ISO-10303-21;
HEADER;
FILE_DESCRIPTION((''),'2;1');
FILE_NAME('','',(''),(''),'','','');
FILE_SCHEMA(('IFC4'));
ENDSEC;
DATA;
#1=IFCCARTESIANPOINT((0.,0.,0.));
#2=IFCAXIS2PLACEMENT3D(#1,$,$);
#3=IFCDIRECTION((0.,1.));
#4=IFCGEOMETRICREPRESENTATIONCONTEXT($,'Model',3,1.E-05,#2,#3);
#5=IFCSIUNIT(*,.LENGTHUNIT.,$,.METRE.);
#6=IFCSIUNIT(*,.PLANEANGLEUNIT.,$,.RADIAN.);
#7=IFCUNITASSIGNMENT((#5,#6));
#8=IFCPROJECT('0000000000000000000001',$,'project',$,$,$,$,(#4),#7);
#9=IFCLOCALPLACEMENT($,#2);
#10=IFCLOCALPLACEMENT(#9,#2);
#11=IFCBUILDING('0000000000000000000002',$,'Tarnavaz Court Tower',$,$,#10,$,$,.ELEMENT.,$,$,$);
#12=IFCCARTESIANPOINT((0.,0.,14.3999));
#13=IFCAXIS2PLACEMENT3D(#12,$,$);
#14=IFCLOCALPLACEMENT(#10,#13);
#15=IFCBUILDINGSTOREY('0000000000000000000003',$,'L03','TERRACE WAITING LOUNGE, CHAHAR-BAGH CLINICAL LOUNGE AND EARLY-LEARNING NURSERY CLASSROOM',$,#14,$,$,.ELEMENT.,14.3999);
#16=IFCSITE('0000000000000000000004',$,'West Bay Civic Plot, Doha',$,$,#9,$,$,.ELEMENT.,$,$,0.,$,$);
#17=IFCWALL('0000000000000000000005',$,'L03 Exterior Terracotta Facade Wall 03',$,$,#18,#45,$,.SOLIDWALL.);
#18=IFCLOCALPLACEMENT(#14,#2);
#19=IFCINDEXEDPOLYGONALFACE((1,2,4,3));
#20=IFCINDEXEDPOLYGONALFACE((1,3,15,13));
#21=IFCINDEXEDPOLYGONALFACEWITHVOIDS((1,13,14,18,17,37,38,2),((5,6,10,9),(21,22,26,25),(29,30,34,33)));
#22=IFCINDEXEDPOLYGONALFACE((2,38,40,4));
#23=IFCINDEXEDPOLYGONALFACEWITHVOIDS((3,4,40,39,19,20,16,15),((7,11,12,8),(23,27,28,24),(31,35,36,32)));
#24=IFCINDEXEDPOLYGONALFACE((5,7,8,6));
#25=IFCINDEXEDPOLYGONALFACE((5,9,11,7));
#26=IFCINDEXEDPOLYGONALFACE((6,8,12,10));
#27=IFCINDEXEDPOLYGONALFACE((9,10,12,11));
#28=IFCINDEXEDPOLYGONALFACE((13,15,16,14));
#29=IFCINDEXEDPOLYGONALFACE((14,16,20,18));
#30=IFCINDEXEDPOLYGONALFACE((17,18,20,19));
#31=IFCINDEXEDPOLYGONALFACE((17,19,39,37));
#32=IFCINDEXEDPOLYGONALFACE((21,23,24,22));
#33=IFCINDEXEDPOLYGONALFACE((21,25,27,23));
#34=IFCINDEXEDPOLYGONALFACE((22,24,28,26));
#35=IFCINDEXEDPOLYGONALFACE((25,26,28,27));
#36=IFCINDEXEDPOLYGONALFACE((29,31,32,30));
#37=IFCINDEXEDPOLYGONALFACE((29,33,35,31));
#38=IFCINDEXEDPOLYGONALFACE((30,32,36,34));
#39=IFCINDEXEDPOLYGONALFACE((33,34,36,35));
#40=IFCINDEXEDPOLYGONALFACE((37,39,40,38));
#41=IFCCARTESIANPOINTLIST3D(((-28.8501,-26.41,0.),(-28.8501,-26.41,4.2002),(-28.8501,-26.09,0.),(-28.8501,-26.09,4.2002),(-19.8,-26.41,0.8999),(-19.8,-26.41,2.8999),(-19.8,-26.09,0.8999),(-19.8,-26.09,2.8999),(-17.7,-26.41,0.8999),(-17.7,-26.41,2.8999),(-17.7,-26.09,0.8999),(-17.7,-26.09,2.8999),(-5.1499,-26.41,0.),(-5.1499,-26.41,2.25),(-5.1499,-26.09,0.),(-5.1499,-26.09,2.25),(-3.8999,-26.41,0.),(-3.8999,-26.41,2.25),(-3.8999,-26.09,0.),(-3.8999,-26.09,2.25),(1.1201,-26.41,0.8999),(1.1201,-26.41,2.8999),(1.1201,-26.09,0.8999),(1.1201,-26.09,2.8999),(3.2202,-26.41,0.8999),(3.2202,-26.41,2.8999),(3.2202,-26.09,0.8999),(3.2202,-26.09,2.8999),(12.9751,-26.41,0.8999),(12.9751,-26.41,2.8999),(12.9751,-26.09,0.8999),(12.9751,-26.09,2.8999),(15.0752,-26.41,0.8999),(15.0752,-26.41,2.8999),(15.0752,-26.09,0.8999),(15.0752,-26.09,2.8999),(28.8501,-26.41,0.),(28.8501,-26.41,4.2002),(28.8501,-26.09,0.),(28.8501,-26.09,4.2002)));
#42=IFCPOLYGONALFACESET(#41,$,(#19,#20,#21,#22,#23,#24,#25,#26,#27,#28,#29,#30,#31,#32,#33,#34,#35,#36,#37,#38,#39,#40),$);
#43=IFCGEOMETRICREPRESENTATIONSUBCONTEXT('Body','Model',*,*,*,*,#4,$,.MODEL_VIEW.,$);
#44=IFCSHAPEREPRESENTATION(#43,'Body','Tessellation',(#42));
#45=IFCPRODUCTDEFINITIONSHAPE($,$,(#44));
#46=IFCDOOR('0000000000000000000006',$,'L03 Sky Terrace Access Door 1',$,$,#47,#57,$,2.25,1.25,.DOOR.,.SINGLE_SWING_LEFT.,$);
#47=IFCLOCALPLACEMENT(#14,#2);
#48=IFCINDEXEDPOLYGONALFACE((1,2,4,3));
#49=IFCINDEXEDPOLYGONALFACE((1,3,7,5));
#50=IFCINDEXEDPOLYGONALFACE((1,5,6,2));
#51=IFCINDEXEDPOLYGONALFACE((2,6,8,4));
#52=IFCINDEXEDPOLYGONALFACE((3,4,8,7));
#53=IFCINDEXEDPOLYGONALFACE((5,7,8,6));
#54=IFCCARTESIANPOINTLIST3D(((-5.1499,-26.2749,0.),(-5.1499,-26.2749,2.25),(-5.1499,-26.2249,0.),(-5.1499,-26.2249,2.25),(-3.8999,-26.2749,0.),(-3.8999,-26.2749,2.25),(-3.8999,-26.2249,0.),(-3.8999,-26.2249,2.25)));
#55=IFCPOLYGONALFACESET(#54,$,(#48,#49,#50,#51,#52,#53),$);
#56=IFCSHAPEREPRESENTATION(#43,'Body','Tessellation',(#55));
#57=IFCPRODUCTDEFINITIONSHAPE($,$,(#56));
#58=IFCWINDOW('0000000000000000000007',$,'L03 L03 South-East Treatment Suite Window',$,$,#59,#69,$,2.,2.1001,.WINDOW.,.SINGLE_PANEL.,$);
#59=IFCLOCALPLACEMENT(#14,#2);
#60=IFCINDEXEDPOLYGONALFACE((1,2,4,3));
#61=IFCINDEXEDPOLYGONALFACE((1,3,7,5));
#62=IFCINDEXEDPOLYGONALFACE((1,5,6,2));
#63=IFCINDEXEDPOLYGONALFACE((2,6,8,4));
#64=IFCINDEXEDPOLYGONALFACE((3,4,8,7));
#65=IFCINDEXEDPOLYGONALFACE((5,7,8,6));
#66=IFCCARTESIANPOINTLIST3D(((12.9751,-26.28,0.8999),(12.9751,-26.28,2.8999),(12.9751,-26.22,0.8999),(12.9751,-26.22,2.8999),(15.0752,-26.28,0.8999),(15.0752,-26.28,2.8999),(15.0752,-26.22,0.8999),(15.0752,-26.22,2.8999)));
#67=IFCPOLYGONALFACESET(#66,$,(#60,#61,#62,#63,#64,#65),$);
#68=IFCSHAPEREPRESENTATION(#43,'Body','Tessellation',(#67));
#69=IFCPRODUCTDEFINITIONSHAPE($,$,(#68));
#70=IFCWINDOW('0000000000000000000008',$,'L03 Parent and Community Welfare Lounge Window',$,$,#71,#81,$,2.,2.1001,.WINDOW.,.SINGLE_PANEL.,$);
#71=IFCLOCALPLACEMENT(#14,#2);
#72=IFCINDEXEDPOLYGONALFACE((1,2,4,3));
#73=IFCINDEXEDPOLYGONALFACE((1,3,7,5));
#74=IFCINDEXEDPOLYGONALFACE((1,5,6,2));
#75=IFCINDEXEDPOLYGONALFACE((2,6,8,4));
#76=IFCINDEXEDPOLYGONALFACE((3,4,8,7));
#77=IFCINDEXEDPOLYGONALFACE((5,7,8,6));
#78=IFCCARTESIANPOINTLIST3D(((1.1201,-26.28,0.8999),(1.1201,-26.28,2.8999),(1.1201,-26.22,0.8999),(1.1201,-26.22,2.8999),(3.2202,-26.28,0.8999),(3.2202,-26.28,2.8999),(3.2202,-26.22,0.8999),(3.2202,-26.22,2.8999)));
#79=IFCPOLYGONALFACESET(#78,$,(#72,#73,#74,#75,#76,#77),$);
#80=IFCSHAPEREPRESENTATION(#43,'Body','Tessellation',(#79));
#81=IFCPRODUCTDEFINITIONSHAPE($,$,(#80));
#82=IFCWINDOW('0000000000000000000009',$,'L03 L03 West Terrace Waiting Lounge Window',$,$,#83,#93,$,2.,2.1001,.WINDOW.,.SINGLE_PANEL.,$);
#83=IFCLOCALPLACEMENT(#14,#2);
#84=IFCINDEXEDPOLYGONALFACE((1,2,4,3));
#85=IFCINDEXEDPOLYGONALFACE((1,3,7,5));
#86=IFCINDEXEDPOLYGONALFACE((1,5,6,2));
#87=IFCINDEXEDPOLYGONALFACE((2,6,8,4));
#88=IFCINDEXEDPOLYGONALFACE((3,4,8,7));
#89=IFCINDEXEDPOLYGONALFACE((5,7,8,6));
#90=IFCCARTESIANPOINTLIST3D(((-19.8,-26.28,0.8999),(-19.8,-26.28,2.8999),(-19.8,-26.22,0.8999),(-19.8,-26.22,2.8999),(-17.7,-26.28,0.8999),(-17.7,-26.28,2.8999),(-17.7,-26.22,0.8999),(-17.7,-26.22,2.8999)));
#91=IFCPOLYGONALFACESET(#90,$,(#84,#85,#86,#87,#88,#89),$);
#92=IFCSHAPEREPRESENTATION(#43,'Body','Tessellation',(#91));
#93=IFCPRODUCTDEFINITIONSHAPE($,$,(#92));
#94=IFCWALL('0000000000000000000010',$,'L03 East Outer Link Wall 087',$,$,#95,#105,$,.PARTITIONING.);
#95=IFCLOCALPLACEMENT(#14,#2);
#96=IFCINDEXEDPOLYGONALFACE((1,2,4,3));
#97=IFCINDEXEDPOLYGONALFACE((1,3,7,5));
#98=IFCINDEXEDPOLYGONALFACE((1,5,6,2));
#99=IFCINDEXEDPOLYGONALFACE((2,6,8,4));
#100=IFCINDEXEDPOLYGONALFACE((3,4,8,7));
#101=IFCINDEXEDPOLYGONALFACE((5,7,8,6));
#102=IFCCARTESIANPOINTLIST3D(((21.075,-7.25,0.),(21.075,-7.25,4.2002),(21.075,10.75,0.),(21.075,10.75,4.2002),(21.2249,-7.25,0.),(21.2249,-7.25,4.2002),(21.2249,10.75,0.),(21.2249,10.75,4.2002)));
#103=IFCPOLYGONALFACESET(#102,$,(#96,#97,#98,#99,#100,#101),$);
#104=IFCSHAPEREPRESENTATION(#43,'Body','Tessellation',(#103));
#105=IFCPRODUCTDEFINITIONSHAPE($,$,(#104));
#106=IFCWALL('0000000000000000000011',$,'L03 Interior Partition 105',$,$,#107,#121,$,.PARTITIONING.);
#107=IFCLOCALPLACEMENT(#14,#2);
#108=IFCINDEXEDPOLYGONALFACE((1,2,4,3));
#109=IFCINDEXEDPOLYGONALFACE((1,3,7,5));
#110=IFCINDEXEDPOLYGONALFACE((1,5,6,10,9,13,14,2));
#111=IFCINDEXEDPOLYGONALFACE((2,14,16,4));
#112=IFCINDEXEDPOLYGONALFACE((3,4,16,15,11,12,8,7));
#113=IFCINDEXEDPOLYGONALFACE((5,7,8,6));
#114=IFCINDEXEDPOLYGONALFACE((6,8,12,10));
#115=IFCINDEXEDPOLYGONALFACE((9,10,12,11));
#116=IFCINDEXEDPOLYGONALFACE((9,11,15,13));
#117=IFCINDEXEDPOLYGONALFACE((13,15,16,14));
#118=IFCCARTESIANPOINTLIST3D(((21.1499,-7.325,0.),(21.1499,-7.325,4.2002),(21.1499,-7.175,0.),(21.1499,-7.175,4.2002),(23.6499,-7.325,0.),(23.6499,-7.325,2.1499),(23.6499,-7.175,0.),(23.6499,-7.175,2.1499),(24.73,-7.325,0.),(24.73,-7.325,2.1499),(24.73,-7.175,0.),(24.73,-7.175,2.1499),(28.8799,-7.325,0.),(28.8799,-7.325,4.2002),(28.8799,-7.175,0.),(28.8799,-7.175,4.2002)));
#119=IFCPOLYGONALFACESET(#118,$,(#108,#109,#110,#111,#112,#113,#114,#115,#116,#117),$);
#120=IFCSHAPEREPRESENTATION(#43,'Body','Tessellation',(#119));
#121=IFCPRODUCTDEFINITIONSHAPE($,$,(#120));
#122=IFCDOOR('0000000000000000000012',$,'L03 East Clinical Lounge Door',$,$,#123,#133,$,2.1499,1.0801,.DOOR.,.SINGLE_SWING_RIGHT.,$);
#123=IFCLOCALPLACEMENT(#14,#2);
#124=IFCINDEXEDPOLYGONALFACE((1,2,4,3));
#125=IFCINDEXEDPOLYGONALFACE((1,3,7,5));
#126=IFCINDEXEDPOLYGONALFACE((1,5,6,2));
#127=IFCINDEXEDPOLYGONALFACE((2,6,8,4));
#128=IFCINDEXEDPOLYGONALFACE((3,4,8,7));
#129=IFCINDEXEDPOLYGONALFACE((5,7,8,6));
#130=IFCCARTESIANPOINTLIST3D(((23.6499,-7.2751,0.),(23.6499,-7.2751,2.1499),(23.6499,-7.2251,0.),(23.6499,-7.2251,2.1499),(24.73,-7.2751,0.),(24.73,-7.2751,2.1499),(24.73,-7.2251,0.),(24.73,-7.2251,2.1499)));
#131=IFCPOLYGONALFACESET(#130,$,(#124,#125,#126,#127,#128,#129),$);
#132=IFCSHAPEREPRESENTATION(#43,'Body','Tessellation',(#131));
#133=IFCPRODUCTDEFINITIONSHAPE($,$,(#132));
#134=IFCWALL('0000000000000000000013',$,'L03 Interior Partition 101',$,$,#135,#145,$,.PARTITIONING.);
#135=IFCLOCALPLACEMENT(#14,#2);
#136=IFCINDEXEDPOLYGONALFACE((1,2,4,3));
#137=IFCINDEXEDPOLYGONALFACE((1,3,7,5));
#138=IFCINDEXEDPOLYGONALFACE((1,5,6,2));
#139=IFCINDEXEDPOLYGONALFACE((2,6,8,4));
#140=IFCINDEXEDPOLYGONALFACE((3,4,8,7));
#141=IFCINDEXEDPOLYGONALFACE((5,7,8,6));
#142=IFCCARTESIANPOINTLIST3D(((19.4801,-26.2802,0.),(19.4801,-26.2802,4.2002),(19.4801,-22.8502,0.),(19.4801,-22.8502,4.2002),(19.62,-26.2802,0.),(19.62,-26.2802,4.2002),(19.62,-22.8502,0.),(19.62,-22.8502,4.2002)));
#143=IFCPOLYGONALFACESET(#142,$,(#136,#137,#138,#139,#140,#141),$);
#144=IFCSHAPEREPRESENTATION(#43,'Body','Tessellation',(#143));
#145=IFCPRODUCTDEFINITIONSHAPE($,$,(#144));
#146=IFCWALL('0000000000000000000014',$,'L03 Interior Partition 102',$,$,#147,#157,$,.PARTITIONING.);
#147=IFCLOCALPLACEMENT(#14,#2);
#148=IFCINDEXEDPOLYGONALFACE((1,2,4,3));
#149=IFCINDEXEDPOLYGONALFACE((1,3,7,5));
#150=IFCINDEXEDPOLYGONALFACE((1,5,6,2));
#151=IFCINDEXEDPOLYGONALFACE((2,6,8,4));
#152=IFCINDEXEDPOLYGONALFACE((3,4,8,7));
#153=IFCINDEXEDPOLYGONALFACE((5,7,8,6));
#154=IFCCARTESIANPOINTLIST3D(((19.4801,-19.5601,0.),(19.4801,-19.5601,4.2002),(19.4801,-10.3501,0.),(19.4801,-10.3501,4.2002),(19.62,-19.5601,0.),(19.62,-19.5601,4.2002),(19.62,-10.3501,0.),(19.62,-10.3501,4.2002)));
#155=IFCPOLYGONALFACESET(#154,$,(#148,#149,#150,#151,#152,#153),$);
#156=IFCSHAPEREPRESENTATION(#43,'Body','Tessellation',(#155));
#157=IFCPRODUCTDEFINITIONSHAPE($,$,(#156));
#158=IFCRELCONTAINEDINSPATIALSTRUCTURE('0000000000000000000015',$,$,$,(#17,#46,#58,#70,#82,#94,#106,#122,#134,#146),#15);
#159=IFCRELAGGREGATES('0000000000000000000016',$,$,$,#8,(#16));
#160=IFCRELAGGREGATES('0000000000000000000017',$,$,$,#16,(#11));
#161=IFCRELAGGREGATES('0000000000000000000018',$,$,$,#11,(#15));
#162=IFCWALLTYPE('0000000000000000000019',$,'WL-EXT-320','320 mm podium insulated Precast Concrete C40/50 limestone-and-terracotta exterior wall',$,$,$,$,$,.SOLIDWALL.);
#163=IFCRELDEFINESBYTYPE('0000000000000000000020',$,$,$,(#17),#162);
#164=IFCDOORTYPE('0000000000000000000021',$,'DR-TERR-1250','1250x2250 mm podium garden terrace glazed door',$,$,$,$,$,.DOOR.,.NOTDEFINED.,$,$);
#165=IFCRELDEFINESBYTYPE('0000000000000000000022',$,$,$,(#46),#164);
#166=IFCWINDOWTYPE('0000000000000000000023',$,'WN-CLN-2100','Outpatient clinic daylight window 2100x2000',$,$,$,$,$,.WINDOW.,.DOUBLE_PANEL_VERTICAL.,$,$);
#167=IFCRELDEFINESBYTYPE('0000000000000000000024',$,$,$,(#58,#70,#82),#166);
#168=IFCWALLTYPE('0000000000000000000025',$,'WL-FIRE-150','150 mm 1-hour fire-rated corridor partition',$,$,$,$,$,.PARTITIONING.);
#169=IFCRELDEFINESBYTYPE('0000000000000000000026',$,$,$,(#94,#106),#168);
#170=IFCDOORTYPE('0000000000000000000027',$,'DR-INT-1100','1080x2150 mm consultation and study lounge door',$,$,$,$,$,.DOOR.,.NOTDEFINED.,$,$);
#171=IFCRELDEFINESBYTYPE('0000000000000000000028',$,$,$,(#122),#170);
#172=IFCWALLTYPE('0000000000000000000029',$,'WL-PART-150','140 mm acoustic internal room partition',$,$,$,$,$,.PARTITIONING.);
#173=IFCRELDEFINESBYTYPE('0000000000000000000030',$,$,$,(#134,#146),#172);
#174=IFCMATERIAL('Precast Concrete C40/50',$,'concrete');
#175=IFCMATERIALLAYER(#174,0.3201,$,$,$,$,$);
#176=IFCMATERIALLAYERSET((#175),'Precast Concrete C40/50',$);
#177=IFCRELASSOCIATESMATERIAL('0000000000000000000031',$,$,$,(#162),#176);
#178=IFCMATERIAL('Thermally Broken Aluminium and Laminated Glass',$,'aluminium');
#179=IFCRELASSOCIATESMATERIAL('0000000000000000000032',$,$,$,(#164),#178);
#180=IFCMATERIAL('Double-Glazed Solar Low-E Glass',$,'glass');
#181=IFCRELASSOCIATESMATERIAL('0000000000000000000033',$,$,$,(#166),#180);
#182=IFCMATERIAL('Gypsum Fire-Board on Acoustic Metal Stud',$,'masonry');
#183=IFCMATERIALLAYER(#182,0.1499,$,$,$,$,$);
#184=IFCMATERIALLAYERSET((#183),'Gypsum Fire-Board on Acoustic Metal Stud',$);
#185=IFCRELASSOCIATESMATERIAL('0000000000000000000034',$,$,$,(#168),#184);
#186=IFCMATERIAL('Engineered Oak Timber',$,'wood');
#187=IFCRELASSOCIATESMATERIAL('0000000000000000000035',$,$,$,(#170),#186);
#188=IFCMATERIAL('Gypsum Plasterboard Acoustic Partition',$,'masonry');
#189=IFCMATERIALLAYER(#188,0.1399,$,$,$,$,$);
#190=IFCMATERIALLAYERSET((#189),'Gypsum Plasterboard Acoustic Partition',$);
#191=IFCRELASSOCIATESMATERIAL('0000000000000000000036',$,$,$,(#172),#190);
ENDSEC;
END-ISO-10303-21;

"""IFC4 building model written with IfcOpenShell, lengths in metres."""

from ifc_helpers import new_model, si_unit, direction, frame, frame_2d, origin, place, context, subcontext, project, spatial, rectangle, extrude, material, layer, layer_set, type_object, element, fill, save


model = new_model("IFC4")

# Units and contexts
model_context = context("Model", 3, precision=1e-05, world=origin(), true_north=direction((0.0, 1.0)))
body_context = subcontext(model_context, "Body", "Model", "MODEL_VIEW")
ifc_project = project(units=[si_unit("LENGTHUNIT", "METRE"), si_unit("PLANEANGLEUNIT", "RADIAN")], contexts=[model_context])

# Site, building, storey
site_placement = place(None, origin())
site = spatial("IfcSite", under=ifc_project, at=site_placement, Name="West Bay Civic Plot, Doha", CompositionType="ELEMENT", RefElevation=0.0)
building_placement = place(site_placement, origin())
building = spatial("IfcBuilding", under=site, at=building_placement, Name="Tarnavaz Court Tower", CompositionType="ELEMENT")
storey_placement = place(building_placement, frame((0.0, 0.0, 14.3999)))
storey = spatial("IfcBuildingStorey", under=building, at=storey_placement, Name="L03", Description="TERRACE WAITING LOUNGE, CHAHAR-BAGH CLINICAL LOUNGE AND EARLY-LEARNING NURSERY CLASSROOM", CompositionType="ELEMENT", Elevation=14.3999)

# Wall, openings, door, windows
ifc_material_1 = material(Name="Precast Concrete C40/50", Category="concrete")
ifc_layer_1 = layer(ifc_material_1, 0.3201)
ifc_layer_set_1 = layer_set([ifc_layer_1], Name="Precast Concrete C40/50")
wall_type_1 = type_object("IfcWallType", Name="WL-EXT-320", Description="320 mm podium insulated Precast Concrete C40/50 limestone-and-terracotta exterior wall", PredefinedType="SOLIDWALL", material=ifc_layer_set_1)
wall_1_placement = place(storey_placement, frame((28.8501, -26.25, 0.0), z_axis=(0.0, 0.0, 1.0), x_axis=(-1.0, 0.0, 0.0)))
wall_1 = element("IfcWall", 1, at=wall_1_placement, inside=storey, type_object=wall_type_1, Name="L03 Exterior Terracotta Facade Wall 03", PredefinedType="SOLIDWALL", context=body_context, shape_type="SweptSolid", body=[
    extrude(rectangle(XDim=57.7002, YDim=0.3201, at=frame_2d((28.8501, 0.0))), origin(), (0.0, 0.0, 1.0), 4.2002),
])
opening_1_placement = place(wall_1_placement, frame((32.75, 0.0, 0.0)))
opening_1 = element("IfcOpeningElement", 2, at=opening_1_placement, cuts=wall_1, PredefinedType="OPENING", context=body_context, shape_type="SweptSolid", body=[
    extrude(rectangle(XDim=1.25, YDim=2.25, at=frame_2d((0.625, 1.125))), frame((0.0, 0.1699, 0.0), z_axis=(0.0, -1.0, 0.0), x_axis=(1.0, 0.0, 0.0)), (0.0, 0.0, 1.0), 0.3401),
])
opening_2_placement = place(wall_1_placement, frame((13.7749, 0.0, 0.8999)))
opening_2 = element("IfcOpeningElement", 3, at=opening_2_placement, cuts=wall_1, PredefinedType="OPENING", context=body_context, shape_type="SweptSolid", body=[
    extrude(rectangle(XDim=2.1001, YDim=2.0, at=frame_2d((1.05, 1.0))), frame((0.0, 0.1699, 0.0), z_axis=(0.0, -1.0, 0.0), x_axis=(1.0, 0.0, 0.0)), (0.0, 0.0, 1.0), 0.3401),
])
opening_3_placement = place(wall_1_placement, frame((25.6299, 0.0, 0.8999)))
opening_3 = element("IfcOpeningElement", 4, at=opening_3_placement, cuts=wall_1, PredefinedType="OPENING", context=body_context, shape_type="SweptSolid", body=[
    extrude(rectangle(XDim=2.1001, YDim=2.0, at=frame_2d((1.05, 1.0))), frame((0.0, 0.1699, 0.0), z_axis=(0.0, -1.0, 0.0), x_axis=(1.0, 0.0, 0.0)), (0.0, 0.0, 1.0), 0.3401),
])
opening_4_placement = place(wall_1_placement, frame((46.55, 0.0, 0.8999)))
opening_4 = element("IfcOpeningElement", 5, at=opening_4_placement, cuts=wall_1, PredefinedType="OPENING", context=body_context, shape_type="SweptSolid", body=[
    extrude(rectangle(XDim=2.1001, YDim=2.0, at=frame_2d((1.05, 1.0))), frame((0.0, 0.1699, 0.0), z_axis=(0.0, -1.0, 0.0), x_axis=(1.0, 0.0, 0.0)), (0.0, 0.0, 1.0), 0.3401),
])
ifc_material_2 = material(Name="Thermally Broken Aluminium and Laminated Glass", Category="aluminium")
door_type_1 = type_object("IfcDoorType", Name="DR-TERR-1250", Description="1250x2250 mm podium garden terrace glazed door", OperationType="NOTDEFINED", PredefinedType="DOOR", material=ifc_material_2)
door_1_placement = place(opening_1_placement, origin())
door_1 = element("IfcDoor", 6, at=door_1_placement, inside=storey, type_object=door_type_1, Name="L03 Sky Terrace Access Door 1", OperationType="SINGLE_SWING_LEFT", OverallHeight=2.25, OverallWidth=1.25, PredefinedType="DOOR", context=body_context, shape_type="SweptSolid", body=[
    extrude(rectangle(XDim=1.25, YDim=2.25, at=frame_2d((0.625, 1.125))), frame((0.0, 0.0249, 0.0), z_axis=(0.0, -1.0, 0.0), x_axis=(1.0, 0.0, 0.0)), (0.0, 0.0, 1.0), 0.05),
])
fill(opening_1, door_1)
ifc_material_3 = material(Name="Double-Glazed Solar Low-E Glass", Category="glass")
window_type = type_object("IfcWindowType", Name="WN-CLN-2100", Description="Outpatient clinic daylight window 2100x2000", PartitioningType="DOUBLE_PANEL_VERTICAL", PredefinedType="WINDOW", material=ifc_material_3)
window_1_placement = place(opening_2_placement, origin())
window_1 = element("IfcWindow", 7, at=window_1_placement, inside=storey, type_object=window_type, Name="L03 L03 South-East Treatment Suite Window", OverallHeight=2.0, OverallWidth=2.1001, PartitioningType="SINGLE_PANEL", PredefinedType="WINDOW", context=body_context, shape_type="SweptSolid", body=[
    extrude(rectangle(XDim=2.1001, YDim=2.0, at=frame_2d((1.05, 1.0))), frame((0.0, 0.03, 0.0), z_axis=(0.0, -1.0, 0.0), x_axis=(1.0, 0.0, 0.0)), (0.0, 0.0, 1.0), 0.0601),
])
fill(opening_2, window_1)
window_2_placement = place(opening_3_placement, origin())
window_2 = element("IfcWindow", 8, at=window_2_placement, inside=storey, type_object=window_type, Name="L03 Parent and Community Welfare Lounge Window", OverallHeight=2.0, OverallWidth=2.1001, PartitioningType="SINGLE_PANEL", PredefinedType="WINDOW", context=body_context, shape_type="SweptSolid", body=[
    extrude(rectangle(XDim=2.1001, YDim=2.0, at=frame_2d((1.05, 1.0))), frame((0.0, 0.03, 0.0), z_axis=(0.0, -1.0, 0.0), x_axis=(1.0, 0.0, 0.0)), (0.0, 0.0, 1.0), 0.0601),
])
fill(opening_3, window_2)
window_3_placement = place(opening_4_placement, origin())
window_3 = element("IfcWindow", 9, at=window_3_placement, inside=storey, type_object=window_type, Name="L03 L03 West Terrace Waiting Lounge Window", OverallHeight=2.0, OverallWidth=2.1001, PartitioningType="SINGLE_PANEL", PredefinedType="WINDOW", context=body_context, shape_type="SweptSolid", body=[
    extrude(rectangle(XDim=2.1001, YDim=2.0, at=frame_2d((1.05, 1.0))), frame((0.0, 0.03, 0.0), z_axis=(0.0, -1.0, 0.0), x_axis=(1.0, 0.0, 0.0)), (0.0, 0.0, 1.0), 0.0601),
])
fill(opening_4, window_3)

# Wall
ifc_material_4 = material(Name="Gypsum Fire-Board on Acoustic Metal Stud", Category="masonry")
ifc_layer_2 = layer(ifc_material_4, 0.1499)
ifc_layer_set_2 = layer_set([ifc_layer_2], Name="Gypsum Fire-Board on Acoustic Metal Stud")
wall_type_2 = type_object("IfcWallType", Name="WL-FIRE-150", Description="150 mm 1-hour fire-rated corridor partition", PredefinedType="PARTITIONING", material=ifc_layer_set_2)
wall_2_placement = place(storey_placement, frame((21.1499, -7.25, 0.0), z_axis=(0.0, 0.0, 1.0), x_axis=(0.0, 1.0, 0.0)))
element("IfcWall", 10, at=wall_2_placement, inside=storey, type_object=wall_type_2, Name="L03 East Outer Link Wall 087", PredefinedType="PARTITIONING", context=body_context, shape_type="SweptSolid", body=[
    extrude(rectangle(XDim=18.0, YDim=0.1499, at=frame_2d((9.0, 0.0))), origin(), (0.0, 0.0, 1.0), 4.2002),
])

# Wall, opening, door
wall_3_placement = place(storey_placement, frame((21.1499, -7.25, 0.0), z_axis=(0.0, 0.0, 1.0), x_axis=(1.0, 0.0, 0.0)))
wall_3 = element("IfcWall", 11, at=wall_3_placement, inside=storey, type_object=wall_type_2, Name="L03 Interior Partition 105", PredefinedType="PARTITIONING", context=body_context, shape_type="SweptSolid", body=[
    extrude(rectangle(XDim=7.73, YDim=0.1499, at=frame_2d((3.865, 0.0))), origin(), (0.0, 0.0, 1.0), 4.2002),
])
opening_5_placement = place(wall_3_placement, frame((2.5, 0.0, 0.0)))
opening_5 = element("IfcOpeningElement", 12, at=opening_5_placement, cuts=wall_3, PredefinedType="OPENING", context=body_context, shape_type="SweptSolid", body=[
    extrude(rectangle(XDim=1.0801, YDim=2.1499, at=frame_2d((0.54, 1.075))), frame((0.0, 0.085, 0.0), z_axis=(0.0, -1.0, 0.0), x_axis=(1.0, 0.0, 0.0)), (0.0, 0.0, 1.0), 0.1699),
])
ifc_material_5 = material(Name="Engineered Oak Timber", Category="wood")
door_type_2 = type_object("IfcDoorType", Name="DR-INT-1100", Description="1080x2150 mm consultation and study lounge door", OperationType="NOTDEFINED", PredefinedType="DOOR", material=ifc_material_5)
door_2_placement = place(opening_5_placement, origin())
door_2 = element("IfcDoor", 13, at=door_2_placement, inside=storey, type_object=door_type_2, Name="L03 East Clinical Lounge Door", OperationType="SINGLE_SWING_RIGHT", OverallHeight=2.1499, OverallWidth=1.0801, PredefinedType="DOOR", context=body_context, shape_type="SweptSolid", body=[
    extrude(rectangle(XDim=1.0801, YDim=2.1499, at=frame_2d((0.54, 1.075))), frame((0.0, 0.0249, 0.0), z_axis=(0.0, -1.0, 0.0), x_axis=(1.0, 0.0, 0.0)), (0.0, 0.0, 1.0), 0.05),
])
fill(opening_5, door_2)

# Walls
ifc_material_6 = material(Name="Gypsum Plasterboard Acoustic Partition", Category="masonry")
ifc_layer_3 = layer(ifc_material_6, 0.1399)
ifc_layer_set_3 = layer_set([ifc_layer_3], Name="Gypsum Plasterboard Acoustic Partition")
wall_type_3 = type_object("IfcWallType", Name="WL-PART-150", Description="140 mm acoustic internal room partition", PredefinedType="PARTITIONING", material=ifc_layer_set_3)
wall_4_placement = place(storey_placement, frame((19.55, -26.28, 0.0), z_axis=(0.0, 0.0, 1.0), x_axis=(0.0, 1.0, 0.0)))
element("IfcWall", 14, at=wall_4_placement, inside=storey, type_object=wall_type_3, Name="L03 Interior Partition 101", PredefinedType="PARTITIONING", context=body_context, shape_type="SweptSolid", body=[
    extrude(rectangle(XDim=3.4299, YDim=0.1399, at=frame_2d((1.7148, 0.0))), origin(), (0.0, 0.0, 1.0), 4.2002),
])
wall_5_placement = place(storey_placement, frame((19.55, -19.5601, 0.0), z_axis=(0.0, 0.0, 1.0), x_axis=(0.0, 1.0, 0.0)))
element("IfcWall", 15, at=wall_5_placement, inside=storey, type_object=wall_type_3, Name="L03 Interior Partition 102", PredefinedType="PARTITIONING", context=body_context, shape_type="SweptSolid", body=[
    extrude(rectangle(XDim=9.21, YDim=0.1399, at=frame_2d((4.605, 0.0))), origin(), (0.0, 0.0, 1.0), 4.2002),
])

save(model, "model.ifc")
